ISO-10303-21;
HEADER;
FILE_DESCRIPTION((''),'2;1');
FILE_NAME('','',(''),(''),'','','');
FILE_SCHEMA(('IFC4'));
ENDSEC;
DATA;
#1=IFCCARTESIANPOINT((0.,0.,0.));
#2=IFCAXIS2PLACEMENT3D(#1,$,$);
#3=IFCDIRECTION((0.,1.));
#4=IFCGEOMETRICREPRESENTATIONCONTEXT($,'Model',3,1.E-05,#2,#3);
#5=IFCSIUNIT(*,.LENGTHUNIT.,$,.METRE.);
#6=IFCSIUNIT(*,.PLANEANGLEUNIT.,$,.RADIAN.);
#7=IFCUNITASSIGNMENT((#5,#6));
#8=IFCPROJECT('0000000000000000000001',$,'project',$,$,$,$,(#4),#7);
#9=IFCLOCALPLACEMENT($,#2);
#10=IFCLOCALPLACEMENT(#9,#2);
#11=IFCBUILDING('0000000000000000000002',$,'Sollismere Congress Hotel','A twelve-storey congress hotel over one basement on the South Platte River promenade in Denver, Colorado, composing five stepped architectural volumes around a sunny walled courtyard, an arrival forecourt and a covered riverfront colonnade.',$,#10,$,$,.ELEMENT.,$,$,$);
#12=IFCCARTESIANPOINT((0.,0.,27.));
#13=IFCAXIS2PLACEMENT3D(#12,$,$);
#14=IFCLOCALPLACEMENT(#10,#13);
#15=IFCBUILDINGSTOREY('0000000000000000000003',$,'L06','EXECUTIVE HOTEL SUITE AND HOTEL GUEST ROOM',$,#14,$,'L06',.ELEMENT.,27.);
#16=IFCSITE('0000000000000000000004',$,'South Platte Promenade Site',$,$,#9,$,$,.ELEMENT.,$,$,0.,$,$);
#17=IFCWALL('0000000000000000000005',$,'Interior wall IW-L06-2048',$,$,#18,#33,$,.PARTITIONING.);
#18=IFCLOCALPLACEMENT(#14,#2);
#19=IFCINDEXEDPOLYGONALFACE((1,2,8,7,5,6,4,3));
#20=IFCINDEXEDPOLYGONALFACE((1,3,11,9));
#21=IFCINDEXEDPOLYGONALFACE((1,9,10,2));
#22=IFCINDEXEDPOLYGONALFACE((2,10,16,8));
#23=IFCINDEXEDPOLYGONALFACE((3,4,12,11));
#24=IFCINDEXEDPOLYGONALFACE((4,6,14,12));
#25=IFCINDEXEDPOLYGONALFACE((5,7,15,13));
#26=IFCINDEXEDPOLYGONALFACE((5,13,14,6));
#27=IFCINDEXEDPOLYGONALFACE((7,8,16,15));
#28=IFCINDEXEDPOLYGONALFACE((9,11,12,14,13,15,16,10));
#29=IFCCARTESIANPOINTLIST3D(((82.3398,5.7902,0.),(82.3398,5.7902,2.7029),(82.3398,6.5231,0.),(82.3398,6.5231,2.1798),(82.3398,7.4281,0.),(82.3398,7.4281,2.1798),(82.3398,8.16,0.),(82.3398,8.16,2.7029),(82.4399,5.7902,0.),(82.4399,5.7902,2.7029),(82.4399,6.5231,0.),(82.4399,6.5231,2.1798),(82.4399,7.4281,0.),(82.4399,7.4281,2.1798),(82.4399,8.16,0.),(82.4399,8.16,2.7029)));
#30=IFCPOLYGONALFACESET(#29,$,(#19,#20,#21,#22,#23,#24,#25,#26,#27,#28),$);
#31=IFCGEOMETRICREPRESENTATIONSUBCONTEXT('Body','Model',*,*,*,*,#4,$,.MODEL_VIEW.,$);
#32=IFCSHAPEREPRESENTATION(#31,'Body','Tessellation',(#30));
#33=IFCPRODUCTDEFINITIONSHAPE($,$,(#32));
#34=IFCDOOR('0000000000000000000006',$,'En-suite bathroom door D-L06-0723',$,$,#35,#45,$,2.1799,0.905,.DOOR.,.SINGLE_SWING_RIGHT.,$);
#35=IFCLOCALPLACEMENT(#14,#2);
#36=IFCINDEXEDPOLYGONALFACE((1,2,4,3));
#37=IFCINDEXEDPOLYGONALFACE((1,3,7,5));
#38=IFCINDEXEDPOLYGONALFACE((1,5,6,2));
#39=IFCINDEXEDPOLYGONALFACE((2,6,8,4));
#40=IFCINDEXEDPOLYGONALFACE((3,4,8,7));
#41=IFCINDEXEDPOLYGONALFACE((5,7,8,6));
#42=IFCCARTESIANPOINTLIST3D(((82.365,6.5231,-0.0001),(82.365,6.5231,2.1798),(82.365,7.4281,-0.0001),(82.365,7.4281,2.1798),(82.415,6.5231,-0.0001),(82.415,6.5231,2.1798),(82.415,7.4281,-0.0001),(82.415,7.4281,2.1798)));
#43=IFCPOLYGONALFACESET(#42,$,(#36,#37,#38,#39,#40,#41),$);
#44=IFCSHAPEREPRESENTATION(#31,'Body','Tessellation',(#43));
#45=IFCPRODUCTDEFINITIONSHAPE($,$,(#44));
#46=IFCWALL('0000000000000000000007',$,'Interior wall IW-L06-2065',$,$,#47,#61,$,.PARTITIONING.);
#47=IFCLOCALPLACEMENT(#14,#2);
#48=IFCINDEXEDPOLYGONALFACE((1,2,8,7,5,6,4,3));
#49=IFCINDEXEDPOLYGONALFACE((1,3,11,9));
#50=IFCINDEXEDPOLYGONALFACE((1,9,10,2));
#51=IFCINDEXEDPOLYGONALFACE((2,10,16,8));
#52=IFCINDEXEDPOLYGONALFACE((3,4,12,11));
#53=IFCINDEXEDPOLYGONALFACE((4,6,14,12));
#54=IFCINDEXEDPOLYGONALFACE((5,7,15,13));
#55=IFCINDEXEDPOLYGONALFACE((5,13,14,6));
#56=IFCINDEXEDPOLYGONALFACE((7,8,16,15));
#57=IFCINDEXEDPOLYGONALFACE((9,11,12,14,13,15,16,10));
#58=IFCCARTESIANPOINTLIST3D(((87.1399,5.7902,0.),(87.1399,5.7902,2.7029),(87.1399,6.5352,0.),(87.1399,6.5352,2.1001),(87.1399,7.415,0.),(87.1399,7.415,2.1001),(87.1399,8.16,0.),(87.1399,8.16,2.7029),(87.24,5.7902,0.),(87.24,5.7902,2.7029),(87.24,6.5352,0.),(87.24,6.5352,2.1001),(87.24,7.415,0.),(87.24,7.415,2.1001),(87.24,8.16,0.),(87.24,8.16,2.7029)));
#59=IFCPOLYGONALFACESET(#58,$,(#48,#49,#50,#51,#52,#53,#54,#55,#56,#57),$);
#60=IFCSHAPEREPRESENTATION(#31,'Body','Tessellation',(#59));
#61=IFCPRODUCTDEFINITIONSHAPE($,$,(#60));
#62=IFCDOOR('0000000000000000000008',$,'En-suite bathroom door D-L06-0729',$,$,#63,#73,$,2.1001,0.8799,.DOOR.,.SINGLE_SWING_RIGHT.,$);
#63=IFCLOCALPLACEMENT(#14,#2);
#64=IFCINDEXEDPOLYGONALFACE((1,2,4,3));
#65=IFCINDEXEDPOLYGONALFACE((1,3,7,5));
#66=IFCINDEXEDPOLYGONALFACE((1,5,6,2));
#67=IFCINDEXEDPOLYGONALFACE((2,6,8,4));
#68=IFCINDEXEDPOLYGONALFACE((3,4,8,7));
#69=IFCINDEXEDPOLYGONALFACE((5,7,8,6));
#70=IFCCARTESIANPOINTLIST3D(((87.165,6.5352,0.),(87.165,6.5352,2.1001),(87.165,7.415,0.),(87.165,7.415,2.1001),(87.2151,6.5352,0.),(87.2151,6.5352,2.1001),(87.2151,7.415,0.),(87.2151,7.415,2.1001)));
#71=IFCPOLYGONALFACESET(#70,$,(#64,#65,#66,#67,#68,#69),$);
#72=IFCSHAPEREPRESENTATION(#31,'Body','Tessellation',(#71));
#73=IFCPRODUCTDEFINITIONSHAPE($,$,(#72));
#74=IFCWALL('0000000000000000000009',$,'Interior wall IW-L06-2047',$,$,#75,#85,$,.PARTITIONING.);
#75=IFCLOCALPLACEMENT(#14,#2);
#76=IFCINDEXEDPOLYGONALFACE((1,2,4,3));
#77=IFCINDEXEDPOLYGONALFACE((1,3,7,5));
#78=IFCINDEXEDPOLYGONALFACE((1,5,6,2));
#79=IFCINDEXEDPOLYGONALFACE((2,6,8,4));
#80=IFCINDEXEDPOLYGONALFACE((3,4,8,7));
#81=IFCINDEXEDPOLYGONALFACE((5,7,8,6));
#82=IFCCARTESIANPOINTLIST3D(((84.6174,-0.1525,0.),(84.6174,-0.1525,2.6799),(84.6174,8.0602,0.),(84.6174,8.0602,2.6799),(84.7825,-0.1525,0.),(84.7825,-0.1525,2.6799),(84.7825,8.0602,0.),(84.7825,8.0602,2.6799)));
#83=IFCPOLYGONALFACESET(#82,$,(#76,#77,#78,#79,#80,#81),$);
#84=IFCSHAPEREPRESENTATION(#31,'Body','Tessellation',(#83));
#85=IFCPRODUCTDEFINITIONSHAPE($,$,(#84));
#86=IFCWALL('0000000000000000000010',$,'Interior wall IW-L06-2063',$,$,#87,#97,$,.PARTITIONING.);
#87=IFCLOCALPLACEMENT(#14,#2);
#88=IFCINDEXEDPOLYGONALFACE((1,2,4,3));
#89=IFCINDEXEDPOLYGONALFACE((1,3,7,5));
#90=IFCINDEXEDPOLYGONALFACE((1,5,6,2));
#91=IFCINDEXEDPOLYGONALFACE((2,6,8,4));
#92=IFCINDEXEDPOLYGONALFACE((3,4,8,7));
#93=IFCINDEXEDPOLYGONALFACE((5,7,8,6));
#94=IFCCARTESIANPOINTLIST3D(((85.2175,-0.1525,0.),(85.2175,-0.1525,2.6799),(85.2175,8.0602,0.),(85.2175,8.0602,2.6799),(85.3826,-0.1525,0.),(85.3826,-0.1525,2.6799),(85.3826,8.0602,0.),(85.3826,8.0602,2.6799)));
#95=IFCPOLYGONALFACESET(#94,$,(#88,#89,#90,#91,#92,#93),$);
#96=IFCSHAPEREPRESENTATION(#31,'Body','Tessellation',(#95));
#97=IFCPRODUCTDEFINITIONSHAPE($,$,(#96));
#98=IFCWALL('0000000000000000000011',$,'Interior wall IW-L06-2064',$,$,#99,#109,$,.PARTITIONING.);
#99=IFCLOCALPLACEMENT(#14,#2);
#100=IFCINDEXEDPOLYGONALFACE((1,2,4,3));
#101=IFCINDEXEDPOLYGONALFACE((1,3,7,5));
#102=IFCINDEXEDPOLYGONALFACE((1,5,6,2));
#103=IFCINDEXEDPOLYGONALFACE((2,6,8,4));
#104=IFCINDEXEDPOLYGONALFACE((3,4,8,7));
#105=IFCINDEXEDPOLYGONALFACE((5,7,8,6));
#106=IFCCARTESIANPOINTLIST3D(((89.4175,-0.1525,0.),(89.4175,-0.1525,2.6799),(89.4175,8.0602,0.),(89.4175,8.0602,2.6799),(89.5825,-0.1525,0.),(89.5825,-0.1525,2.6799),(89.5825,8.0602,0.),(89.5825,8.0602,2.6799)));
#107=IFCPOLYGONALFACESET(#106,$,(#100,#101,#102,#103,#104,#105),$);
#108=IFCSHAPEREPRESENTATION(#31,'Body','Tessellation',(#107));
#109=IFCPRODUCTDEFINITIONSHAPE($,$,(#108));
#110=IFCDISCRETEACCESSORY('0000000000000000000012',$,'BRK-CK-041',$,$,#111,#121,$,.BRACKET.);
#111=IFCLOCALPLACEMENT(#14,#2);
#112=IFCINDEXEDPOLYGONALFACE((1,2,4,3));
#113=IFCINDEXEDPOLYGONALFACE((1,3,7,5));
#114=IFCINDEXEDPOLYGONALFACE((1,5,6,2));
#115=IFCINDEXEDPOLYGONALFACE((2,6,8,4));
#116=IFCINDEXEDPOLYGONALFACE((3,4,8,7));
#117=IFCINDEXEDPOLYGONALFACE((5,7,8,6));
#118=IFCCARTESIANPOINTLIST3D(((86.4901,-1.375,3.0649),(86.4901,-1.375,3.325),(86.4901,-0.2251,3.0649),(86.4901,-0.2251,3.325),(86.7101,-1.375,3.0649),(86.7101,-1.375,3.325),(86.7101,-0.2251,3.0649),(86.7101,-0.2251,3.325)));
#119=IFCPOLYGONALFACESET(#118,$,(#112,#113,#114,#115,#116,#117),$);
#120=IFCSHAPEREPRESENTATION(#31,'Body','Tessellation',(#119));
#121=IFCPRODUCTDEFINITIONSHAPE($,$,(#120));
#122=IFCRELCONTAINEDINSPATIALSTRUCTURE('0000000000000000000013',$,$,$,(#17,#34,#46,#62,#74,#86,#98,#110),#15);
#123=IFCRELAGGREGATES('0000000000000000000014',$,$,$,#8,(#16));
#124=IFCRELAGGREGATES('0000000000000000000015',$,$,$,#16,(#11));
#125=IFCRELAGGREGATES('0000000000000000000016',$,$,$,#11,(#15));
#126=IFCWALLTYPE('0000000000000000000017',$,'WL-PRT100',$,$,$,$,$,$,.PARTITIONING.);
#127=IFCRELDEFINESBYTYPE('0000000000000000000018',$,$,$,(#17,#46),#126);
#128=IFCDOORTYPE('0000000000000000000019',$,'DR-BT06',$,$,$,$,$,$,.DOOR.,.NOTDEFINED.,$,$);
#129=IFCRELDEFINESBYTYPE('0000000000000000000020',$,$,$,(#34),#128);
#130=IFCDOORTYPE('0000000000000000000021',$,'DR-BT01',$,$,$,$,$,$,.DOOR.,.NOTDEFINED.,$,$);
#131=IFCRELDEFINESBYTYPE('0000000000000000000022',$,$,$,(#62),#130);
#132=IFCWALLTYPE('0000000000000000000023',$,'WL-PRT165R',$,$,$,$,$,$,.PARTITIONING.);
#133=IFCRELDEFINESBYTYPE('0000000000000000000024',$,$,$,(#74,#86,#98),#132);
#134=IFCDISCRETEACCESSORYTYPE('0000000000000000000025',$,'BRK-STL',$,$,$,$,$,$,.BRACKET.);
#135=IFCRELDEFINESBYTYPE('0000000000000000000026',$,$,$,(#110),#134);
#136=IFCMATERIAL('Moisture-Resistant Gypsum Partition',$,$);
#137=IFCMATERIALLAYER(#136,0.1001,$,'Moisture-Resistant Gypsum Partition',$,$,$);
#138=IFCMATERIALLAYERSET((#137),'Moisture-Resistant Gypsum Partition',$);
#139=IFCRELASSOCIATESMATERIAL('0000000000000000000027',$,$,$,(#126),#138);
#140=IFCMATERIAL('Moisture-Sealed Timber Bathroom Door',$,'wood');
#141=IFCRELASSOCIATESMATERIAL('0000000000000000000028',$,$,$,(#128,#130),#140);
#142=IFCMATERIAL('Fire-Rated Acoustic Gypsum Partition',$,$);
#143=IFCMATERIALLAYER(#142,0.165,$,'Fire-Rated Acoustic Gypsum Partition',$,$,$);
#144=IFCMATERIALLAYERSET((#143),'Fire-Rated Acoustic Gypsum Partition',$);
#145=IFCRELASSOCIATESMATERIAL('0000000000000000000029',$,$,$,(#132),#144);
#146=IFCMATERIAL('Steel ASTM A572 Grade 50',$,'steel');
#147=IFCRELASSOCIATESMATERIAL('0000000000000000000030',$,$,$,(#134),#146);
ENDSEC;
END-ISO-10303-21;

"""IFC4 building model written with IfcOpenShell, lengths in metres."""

from ifc_helpers import new_model, si_unit, direction, frame, frame_2d, origin, origin_2d, place, context, subcontext, project, spatial, rectangle, extrude, material, layer, layer_set, type_object, element, fill, save


model = new_model("IFC4")

# Units and contexts
model_context = context("Model", 3, precision=1e-05, world=origin(), true_north=direction((0.0, 1.0)))
body_context = subcontext(model_context, "Body", "Model", "MODEL_VIEW")
ifc_project = project(units=[si_unit("LENGTHUNIT", "METRE"), si_unit("PLANEANGLEUNIT", "RADIAN")], contexts=[model_context])

# Site, building, storey
site_placement = place(None, origin())
site = spatial("IfcSite", under=ifc_project, at=site_placement, Name="South Platte Promenade Site", CompositionType="ELEMENT", RefElevation=0.0)
building_placement = place(site_placement, origin())
building = spatial("IfcBuilding", under=site, at=building_placement, Name="Sollismere Congress Hotel", Description="A twelve-storey congress hotel over one basement on the South Platte River promenade in Denver, Colorado, composing five stepped architectural volumes around a sunny walled courtyard, an arrival forecourt and a covered riverfront colonnade.", CompositionType="ELEMENT")
storey_placement = place(building_placement, frame((0.0, 0.0, 27.0)))
storey = spatial("IfcBuildingStorey", under=building, at=storey_placement, Name="L06", Description="EXECUTIVE HOTEL SUITE AND HOTEL GUEST ROOM", LongName="L06", CompositionType="ELEMENT", Elevation=27.0)

# Walls, openings, doors
ifc_material_1 = material(Name="Moisture-Resistant Gypsum Partition")
ifc_layer_1 = layer(ifc_material_1, 0.1001, Name="Moisture-Resistant Gypsum Partition")
ifc_layer_set_1 = layer_set([ifc_layer_1], Name="Moisture-Resistant Gypsum Partition")
wall_type_1 = type_object("IfcWallType", Name="WL-PRT100", PredefinedType="PARTITIONING", material=ifc_layer_set_1)
wall_1_placement = place(storey_placement, frame((82.3899, 5.79, 0.0), z_axis=(0.0, 0.0, 1.0), x_axis=(0.0, 1.0, 0.0)))
wall_1 = element("IfcWall", 1, at=wall_1_placement, inside=storey, type_object=wall_type_1, Name="Interior wall IW-L06-2048", PredefinedType="PARTITIONING", context=body_context, shape_type="SweptSolid", body=[
    extrude(rectangle(XDim=2.3699, YDim=0.1001, at=frame_2d((1.1851, 0.0))), origin(), (0.0, 0.0, 1.0), 2.7029),
])
opening_1_placement = place(wall_1_placement, frame((0.7329, 0.0, 0.0)))
opening_1 = element("IfcOpeningElement", 2, at=opening_1_placement, cuts=wall_1, PredefinedType="OPENING", context=body_context, shape_type="SweptSolid", body=[
    extrude(rectangle(XDim=0.905, YDim=2.1799, at=frame_2d((0.4526, 1.0898))), frame((0.0, 0.0601, 0.0), z_axis=(0.0, -1.0, 0.0), x_axis=(1.0, 0.0, 0.0)), (0.0, 0.0, 1.0), 0.1201),
])
ifc_material_2 = material(Name="Moisture-Sealed Timber Bathroom Door", Category="wood")
door_type_1 = type_object("IfcDoorType", Name="DR-BT06", OperationType="NOTDEFINED", PredefinedType="DOOR", material=ifc_material_2)
door_1_placement = place(opening_1_placement, origin())
door_1 = element("IfcDoor", 3, at=door_1_placement, inside=storey, type_object=door_type_1, Name="En-suite bathroom door D-L06-0723", OperationType="SINGLE_SWING_RIGHT", OverallHeight=2.1799, OverallWidth=0.905, PredefinedType="DOOR", context=body_context, shape_type="SweptSolid", body=[
    extrude(rectangle(XDim=0.905, YDim=2.1799, at=frame_2d((0.4526, 1.0898))), frame((0.0, 0.0249, 0.0), z_axis=(0.0, -1.0, 0.0), x_axis=(1.0, 0.0, 0.0)), (0.0, 0.0, 1.0), 0.05),
])
fill(opening_1, door_1)
wall_2_placement = place(storey_placement, frame((87.1899, 5.79, 0.0), z_axis=(0.0, 0.0, 1.0), x_axis=(0.0, 1.0, 0.0)))
wall_2 = element("IfcWall", 4, at=wall_2_placement, inside=storey, type_object=wall_type_1, Name="Interior wall IW-L06-2065", PredefinedType="PARTITIONING", context=body_context, shape_type="SweptSolid", body=[
    extrude(rectangle(XDim=2.3699, YDim=0.1001, at=frame_2d((1.1851, 0.0))), origin(), (0.0, 0.0, 1.0), 2.7029),
])
opening_2_placement = place(wall_2_placement, frame((0.7451, 0.0, 0.0)))
opening_2 = element("IfcOpeningElement", 5, at=opening_2_placement, cuts=wall_2, PredefinedType="OPENING", context=body_context, shape_type="SweptSolid", body=[
    extrude(rectangle(XDim=0.8799, YDim=2.1001, at=frame_2d((0.4399, 1.05))), frame((0.0, 0.0601, 0.0), z_axis=(0.0, -1.0, 0.0), x_axis=(1.0, 0.0, 0.0)), (0.0, 0.0, 1.0), 0.1201),
])
door_type_2 = type_object("IfcDoorType", Name="DR-BT01", OperationType="NOTDEFINED", PredefinedType="DOOR", material=ifc_material_2)
door_2_placement = place(opening_2_placement, origin())
door_2 = element("IfcDoor", 6, at=door_2_placement, inside=storey, type_object=door_type_2, Name="En-suite bathroom door D-L06-0729", OperationType="SINGLE_SWING_RIGHT", OverallHeight=2.1001, OverallWidth=0.8799, PredefinedType="DOOR", context=body_context, shape_type="SweptSolid", body=[
    extrude(rectangle(XDim=0.8799, YDim=2.1001, at=frame_2d((0.4399, 1.05))), frame((0.0, 0.0249, 0.0), z_axis=(0.0, -1.0, 0.0), x_axis=(1.0, 0.0, 0.0)), (0.0, 0.0, 1.0), 0.05),
])
fill(opening_2, door_2)

# Walls
ifc_material_3 = material(Name="Fire-Rated Acoustic Gypsum Partition")
ifc_layer_2 = layer(ifc_material_3, 0.165, Name="Fire-Rated Acoustic Gypsum Partition")
ifc_layer_set_2 = layer_set([ifc_layer_2], Name="Fire-Rated Acoustic Gypsum Partition")
wall_type_2 = type_object("IfcWallType", Name="WL-PRT165R", PredefinedType="PARTITIONING", material=ifc_layer_set_2)
for number, where, z_axis, x_axis, name in (
    (7, (84.7, -0.1526, 0.0), (0.0, 0.0, 1.0), (0.0, 1.0, 0.0), "Interior wall IW-L06-2047"),
    (8, (85.3, -0.1526, 0.0), (0.0, 0.0, 1.0), (0.0, 1.0, 0.0), "Interior wall IW-L06-2063"),
    (9, (89.5, -0.1526, 0.0), (0.0, 0.0, 1.0), (0.0, 1.0, 0.0), "Interior wall IW-L06-2064"),
):
    element("IfcWall", number, at=place(storey_placement, frame(where, z_axis=z_axis, x_axis=x_axis)), inside=storey, type_object=wall_type_2, Name=name, PredefinedType="PARTITIONING", context=body_context, shape_type="SweptSolid", body=[
        extrude(rectangle(XDim=8.2126, YDim=0.165, at=frame_2d((4.1064, 0.0))), origin(), (0.0, 0.0, 1.0), 2.6799),
    ])

# Discrete accessory
ifc_material_4 = material(Name="Steel ASTM A572 Grade 50", Category="steel")
discrete_accessory_type = type_object("IfcDiscreteAccessoryType", Name="BRK-STL", PredefinedType="BRACKET", material=ifc_material_4)
discrete_accessory_placement = place(storey_placement, frame((86.6001, -0.8, 3.0649), z_axis=(0.0, 0.0, 1.0), x_axis=(1.0, 0.0, 0.0)))
element("IfcDiscreteAccessory", 10, at=discrete_accessory_placement, inside=storey, type_object=discrete_accessory_type, Name="BRK-CK-041", PredefinedType="BRACKET", context=body_context, shape_type="SweptSolid", body=[
    extrude(rectangle(XDim=0.22, YDim=1.1499, at=origin_2d()), origin(), (0.0, 0.0, 1.0), 0.26),
])

save(model, "model.ifc")
